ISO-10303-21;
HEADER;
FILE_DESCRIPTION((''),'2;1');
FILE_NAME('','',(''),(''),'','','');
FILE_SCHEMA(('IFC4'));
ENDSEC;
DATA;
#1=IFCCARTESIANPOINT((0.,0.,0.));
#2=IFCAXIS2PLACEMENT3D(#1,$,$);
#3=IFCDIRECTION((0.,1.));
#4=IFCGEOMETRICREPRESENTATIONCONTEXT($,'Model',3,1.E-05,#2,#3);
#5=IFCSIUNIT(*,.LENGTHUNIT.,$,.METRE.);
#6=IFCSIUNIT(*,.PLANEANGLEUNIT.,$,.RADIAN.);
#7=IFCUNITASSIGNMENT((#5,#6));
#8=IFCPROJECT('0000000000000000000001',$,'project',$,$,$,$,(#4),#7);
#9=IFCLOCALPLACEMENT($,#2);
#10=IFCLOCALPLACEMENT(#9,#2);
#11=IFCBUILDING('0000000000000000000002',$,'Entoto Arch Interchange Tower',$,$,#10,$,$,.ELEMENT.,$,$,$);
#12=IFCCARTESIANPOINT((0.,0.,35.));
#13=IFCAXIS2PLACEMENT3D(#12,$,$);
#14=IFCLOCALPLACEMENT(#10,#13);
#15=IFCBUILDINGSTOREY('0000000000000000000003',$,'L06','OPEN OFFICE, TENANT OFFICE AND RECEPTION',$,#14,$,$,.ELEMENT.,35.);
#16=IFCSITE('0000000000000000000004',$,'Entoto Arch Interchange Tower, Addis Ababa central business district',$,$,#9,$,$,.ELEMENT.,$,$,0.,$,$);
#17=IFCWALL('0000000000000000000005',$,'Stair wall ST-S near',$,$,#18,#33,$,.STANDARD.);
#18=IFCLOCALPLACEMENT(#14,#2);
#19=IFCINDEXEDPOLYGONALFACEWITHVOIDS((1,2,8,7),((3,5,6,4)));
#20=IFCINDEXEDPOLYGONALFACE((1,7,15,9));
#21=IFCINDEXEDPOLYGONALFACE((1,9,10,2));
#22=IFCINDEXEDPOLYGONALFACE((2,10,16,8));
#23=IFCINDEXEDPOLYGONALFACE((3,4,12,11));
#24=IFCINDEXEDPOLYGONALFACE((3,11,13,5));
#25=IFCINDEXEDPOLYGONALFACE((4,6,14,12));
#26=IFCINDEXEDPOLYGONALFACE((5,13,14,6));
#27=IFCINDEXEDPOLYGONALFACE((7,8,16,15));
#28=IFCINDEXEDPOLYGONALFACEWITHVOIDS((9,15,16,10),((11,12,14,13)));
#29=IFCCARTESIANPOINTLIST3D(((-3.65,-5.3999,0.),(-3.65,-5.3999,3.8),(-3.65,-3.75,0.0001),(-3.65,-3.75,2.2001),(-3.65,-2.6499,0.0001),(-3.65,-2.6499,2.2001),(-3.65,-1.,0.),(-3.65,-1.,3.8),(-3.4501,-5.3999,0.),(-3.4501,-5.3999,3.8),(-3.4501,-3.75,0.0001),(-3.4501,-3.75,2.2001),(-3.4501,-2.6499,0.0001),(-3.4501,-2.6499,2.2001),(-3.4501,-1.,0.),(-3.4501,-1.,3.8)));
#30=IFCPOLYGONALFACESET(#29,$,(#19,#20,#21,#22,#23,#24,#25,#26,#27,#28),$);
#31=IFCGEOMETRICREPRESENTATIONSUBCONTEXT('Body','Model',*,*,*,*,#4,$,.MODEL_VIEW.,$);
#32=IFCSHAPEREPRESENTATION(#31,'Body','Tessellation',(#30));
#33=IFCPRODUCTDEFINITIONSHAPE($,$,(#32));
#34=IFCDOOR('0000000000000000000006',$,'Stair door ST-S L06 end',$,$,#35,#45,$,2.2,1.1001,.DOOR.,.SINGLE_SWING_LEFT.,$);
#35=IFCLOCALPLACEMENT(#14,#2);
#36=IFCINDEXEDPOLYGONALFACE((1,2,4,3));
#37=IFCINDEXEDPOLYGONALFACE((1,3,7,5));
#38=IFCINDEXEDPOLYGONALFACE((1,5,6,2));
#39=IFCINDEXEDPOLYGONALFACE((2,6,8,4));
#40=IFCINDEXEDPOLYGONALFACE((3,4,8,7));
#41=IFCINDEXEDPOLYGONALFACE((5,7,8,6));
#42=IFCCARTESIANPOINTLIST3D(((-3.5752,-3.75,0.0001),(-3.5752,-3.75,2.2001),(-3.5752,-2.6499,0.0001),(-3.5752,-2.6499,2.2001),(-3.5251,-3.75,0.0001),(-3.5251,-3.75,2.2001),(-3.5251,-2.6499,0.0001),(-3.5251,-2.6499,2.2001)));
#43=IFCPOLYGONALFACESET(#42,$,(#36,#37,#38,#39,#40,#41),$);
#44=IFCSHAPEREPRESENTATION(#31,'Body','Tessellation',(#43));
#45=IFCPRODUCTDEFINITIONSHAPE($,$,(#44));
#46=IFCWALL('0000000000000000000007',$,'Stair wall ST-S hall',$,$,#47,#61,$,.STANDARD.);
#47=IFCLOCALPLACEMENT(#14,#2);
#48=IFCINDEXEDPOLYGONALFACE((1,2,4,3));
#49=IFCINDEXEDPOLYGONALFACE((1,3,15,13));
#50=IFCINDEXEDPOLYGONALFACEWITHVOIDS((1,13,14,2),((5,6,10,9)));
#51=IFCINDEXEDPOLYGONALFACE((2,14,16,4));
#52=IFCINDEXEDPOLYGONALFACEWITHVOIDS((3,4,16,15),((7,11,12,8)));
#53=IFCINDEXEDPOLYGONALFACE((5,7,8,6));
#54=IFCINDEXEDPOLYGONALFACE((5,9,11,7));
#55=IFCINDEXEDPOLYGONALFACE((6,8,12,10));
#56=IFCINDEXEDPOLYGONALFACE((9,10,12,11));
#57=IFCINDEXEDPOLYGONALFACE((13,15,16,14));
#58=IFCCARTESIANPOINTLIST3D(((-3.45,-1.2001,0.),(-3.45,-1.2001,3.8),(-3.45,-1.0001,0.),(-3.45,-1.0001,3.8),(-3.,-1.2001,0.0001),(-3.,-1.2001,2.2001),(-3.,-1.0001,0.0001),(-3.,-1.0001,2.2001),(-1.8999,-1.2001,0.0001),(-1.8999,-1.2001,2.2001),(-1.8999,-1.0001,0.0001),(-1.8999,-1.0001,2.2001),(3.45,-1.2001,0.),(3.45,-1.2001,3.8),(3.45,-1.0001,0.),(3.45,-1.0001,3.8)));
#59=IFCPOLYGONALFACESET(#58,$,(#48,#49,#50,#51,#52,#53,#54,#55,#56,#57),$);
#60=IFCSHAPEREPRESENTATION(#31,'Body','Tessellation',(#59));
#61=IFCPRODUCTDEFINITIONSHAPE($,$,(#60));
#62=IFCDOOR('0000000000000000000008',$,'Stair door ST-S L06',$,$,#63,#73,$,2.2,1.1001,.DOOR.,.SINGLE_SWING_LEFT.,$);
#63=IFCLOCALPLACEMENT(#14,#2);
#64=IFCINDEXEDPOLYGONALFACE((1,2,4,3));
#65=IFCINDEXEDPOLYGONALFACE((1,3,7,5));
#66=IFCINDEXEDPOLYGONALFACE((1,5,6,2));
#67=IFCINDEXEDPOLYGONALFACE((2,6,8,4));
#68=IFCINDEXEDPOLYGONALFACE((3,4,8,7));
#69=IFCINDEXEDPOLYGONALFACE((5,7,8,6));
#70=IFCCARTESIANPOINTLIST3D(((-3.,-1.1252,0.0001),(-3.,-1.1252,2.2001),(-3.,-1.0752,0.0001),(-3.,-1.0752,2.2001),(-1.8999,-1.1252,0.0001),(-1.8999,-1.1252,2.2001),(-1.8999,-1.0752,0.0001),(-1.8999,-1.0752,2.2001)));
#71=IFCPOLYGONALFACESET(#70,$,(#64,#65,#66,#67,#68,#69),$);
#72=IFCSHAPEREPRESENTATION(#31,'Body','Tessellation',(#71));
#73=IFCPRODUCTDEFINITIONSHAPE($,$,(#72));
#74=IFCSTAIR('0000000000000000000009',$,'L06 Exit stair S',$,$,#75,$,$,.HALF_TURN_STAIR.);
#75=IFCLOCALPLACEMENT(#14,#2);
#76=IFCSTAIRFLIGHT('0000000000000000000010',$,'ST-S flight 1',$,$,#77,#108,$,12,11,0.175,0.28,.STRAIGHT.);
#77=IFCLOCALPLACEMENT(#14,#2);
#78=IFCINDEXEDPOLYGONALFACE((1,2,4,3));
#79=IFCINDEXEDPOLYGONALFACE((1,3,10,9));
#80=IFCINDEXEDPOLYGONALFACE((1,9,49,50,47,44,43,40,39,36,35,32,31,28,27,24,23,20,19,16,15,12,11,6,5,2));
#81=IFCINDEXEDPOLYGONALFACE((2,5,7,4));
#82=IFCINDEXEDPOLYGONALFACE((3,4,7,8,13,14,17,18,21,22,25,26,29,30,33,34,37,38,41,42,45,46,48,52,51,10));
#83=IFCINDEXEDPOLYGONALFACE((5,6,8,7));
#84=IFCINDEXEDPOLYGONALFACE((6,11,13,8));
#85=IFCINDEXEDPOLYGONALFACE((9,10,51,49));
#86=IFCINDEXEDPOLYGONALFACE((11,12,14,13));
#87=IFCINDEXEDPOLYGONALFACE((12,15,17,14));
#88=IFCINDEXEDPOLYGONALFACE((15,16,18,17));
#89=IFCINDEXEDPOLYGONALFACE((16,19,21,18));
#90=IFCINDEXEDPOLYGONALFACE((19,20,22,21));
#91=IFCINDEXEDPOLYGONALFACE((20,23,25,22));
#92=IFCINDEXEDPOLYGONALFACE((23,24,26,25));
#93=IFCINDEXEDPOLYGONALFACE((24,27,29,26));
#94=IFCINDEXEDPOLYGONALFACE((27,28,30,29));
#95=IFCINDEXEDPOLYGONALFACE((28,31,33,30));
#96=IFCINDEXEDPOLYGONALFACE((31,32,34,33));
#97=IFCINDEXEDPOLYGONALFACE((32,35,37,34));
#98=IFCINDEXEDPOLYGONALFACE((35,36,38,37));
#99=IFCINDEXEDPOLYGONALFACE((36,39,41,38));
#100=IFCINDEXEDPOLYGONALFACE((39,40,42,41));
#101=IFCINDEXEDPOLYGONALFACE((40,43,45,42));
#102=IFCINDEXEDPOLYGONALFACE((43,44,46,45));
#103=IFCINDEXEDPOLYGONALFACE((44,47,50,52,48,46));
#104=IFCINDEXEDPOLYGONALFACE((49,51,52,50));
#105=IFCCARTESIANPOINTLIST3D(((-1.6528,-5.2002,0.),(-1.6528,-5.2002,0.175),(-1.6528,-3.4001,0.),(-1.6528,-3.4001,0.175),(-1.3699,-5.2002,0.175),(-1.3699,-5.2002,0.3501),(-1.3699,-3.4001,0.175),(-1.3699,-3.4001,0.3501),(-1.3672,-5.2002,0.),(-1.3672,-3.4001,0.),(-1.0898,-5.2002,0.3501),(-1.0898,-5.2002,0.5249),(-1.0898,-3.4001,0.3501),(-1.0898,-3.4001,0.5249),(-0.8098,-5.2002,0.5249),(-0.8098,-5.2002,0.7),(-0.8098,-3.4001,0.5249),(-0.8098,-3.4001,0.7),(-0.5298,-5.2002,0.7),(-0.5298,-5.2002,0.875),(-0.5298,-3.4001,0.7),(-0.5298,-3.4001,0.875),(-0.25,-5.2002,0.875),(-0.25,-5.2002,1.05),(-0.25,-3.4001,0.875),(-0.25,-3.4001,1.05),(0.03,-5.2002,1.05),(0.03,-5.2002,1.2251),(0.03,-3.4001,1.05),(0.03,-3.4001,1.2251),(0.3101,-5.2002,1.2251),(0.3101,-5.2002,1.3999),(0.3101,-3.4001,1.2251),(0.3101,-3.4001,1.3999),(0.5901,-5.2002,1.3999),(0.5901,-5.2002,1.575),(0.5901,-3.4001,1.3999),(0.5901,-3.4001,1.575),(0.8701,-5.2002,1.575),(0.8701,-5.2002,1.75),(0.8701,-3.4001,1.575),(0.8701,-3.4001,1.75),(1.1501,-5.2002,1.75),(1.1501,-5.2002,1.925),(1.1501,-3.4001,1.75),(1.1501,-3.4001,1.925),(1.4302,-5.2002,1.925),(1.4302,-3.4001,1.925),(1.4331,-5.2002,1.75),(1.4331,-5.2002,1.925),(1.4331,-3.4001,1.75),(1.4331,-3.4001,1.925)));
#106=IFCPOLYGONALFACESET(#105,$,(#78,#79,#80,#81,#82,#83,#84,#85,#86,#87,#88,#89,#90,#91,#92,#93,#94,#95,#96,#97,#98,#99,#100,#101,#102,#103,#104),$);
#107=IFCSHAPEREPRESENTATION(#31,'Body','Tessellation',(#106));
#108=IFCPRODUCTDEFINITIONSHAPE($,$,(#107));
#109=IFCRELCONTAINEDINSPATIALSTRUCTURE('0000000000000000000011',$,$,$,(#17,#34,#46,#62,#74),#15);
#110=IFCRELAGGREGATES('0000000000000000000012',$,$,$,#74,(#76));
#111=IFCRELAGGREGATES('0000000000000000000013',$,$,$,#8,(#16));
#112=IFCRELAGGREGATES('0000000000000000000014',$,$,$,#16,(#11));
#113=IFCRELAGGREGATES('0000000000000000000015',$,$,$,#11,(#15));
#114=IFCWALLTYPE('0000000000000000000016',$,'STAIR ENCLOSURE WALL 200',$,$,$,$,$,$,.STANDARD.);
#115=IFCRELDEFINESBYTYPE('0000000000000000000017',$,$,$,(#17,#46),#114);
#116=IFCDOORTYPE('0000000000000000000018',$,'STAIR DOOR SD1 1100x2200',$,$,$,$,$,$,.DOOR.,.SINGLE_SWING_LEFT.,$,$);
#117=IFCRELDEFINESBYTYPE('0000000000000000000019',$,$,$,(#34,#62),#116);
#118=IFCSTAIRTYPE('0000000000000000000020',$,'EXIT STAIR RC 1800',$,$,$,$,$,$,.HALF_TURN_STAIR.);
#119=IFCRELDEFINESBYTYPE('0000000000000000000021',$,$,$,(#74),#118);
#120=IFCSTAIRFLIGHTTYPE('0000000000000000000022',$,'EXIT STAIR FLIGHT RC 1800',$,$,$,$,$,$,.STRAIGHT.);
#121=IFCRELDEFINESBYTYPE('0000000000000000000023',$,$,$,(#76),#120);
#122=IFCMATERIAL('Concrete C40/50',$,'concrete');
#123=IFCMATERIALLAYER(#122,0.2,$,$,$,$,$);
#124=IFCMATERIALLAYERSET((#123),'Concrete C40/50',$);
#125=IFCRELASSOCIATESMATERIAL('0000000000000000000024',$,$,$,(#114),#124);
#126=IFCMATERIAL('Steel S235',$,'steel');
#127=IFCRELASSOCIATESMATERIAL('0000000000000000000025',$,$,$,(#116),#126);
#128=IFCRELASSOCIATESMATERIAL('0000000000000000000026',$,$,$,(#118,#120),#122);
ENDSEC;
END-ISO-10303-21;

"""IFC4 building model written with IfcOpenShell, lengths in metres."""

from ifc_helpers import new_model, si_unit, direction, frame, frame_2d, origin, place, context, subcontext, project, spatial, polyline, rectangle, outline, extrude, material, layer, layer_set, type_object, element, fill, aggregate, save


model = new_model("IFC4")

# Units and contexts
model_context = context("Model", 3, precision=1e-05, world=origin(), true_north=direction((0.0, 1.0)))
body_context = subcontext(model_context, "Body", "Model", "MODEL_VIEW")
ifc_project = project(units=[si_unit("LENGTHUNIT", "METRE"), si_unit("PLANEANGLEUNIT", "RADIAN")], contexts=[model_context])

# Site, building, storey
site_placement = place(None, origin())
site = spatial("IfcSite", under=ifc_project, at=site_placement, Name="Entoto Arch Interchange Tower, Addis Ababa central business district", CompositionType="ELEMENT", RefElevation=0.0)
building_placement = place(site_placement, origin())
building = spatial("IfcBuilding", under=site, at=building_placement, Name="Entoto Arch Interchange Tower", CompositionType="ELEMENT")
storey_placement = place(building_placement, frame((0.0, 0.0, 35.0)))
storey = spatial("IfcBuildingStorey", under=building, at=storey_placement, Name="L06", Description="OPEN OFFICE, TENANT OFFICE AND RECEPTION", CompositionType="ELEMENT", Elevation=35.0)

# Shared definitions
ifc_material_1 = material(Name="Concrete C40/50", Category="concrete")

# Walls, openings, doors
ifc_layer_1 = layer(ifc_material_1, 0.2)
ifc_layer_set_1 = layer_set([ifc_layer_1], Name="Concrete C40/50")
wall_type_1 = type_object("IfcWallType", Name="STAIR ENCLOSURE WALL 200", PredefinedType="STANDARD", material=ifc_layer_set_1)
wall_1_placement = place(storey_placement, frame((-3.55, -1.0, 0.0), z_axis=(0.0, 0.0, 1.0), x_axis=(0.0, -1.0, 0.0)))
wall_1 = element("IfcWall", 1, at=wall_1_placement, inside=storey, type_object=wall_type_1, Name="Stair wall ST-S near", PredefinedType="STANDARD", context=body_context, shape_type="SweptSolid", body=[
    extrude(rectangle(XDim=4.3999, YDim=0.2, at=frame_2d((2.2, 0.0))), origin(), (0.0, 0.0, 1.0), 3.8),
])
opening_1_placement = place(wall_1_placement, frame((1.6499, 0.0, 0.0)))
opening_1 = element("IfcOpeningElement", 2, at=opening_1_placement, cuts=wall_1, PredefinedType="OPENING", context=body_context, shape_type="SweptSolid", body=[
    extrude(rectangle(XDim=1.1001, YDim=2.2, at=frame_2d((0.55, 1.1001))), frame((0.0, 0.1099, 0.0), z_axis=(0.0, -1.0, 0.0), x_axis=(1.0, 0.0, 0.0)), (0.0, 0.0, 1.0), 0.22),
])
ifc_material_2 = material(Name="Steel S235", Category="steel")
door_type_1 = type_object("IfcDoorType", Name="STAIR DOOR SD1 1100x2200", OperationType="SINGLE_SWING_LEFT", PredefinedType="DOOR", material=ifc_material_2)
door_1_placement = place(opening_1_placement, origin())
door_1 = element("IfcDoor", 3, at=door_1_placement, inside=storey, type_object=door_type_1, Name="Stair door ST-S L06 end", OperationType="SINGLE_SWING_LEFT", OverallHeight=2.2, OverallWidth=1.1001, PredefinedType="DOOR", context=body_context, shape_type="SweptSolid", body=[
    extrude(rectangle(XDim=1.1001, YDim=2.2, at=frame_2d((0.55, 1.1001))), frame((0.0, 0.0249, 0.0), z_axis=(0.0, -1.0, 0.0), x_axis=(1.0, 0.0, 0.0)), (0.0, 0.0, 1.0), 0.05),
])
fill(opening_1, door_1)
wall_2_placement = place(storey_placement, frame((-3.45, -1.1001, 0.0), z_axis=(0.0, 0.0, 1.0), x_axis=(1.0, 0.0, 0.0)))
wall_2 = element("IfcWall", 4, at=wall_2_placement, inside=storey, type_object=wall_type_1, Name="Stair wall ST-S hall", PredefinedType="STANDARD", context=body_context, shape_type="SweptSolid", body=[
    extrude(rectangle(XDim=6.8999, YDim=0.2, at=frame_2d((3.45, 0.0))), origin(), (0.0, 0.0, 1.0), 3.8),
])
opening_2_placement = place(wall_2_placement, frame((0.45, 0.0, 0.0)))
opening_2 = element("IfcOpeningElement", 5, at=opening_2_placement, cuts=wall_2, PredefinedType="OPENING", context=body_context, shape_type="SweptSolid", body=[
    extrude(rectangle(XDim=1.1001, YDim=2.2, at=frame_2d((0.55, 1.1001))), frame((0.0, 0.1099, 0.0), z_axis=(0.0, -1.0, 0.0), x_axis=(1.0, 0.0, 0.0)), (0.0, 0.0, 1.0), 0.22),
])
door_2_placement = place(opening_2_placement, origin())
door_2 = element("IfcDoor", 6, at=door_2_placement, inside=storey, type_object=door_type_1, Name="Stair door ST-S L06", OperationType="SINGLE_SWING_LEFT", OverallHeight=2.2, OverallWidth=1.1001, PredefinedType="DOOR", context=body_context, shape_type="SweptSolid", body=[
    extrude(rectangle(XDim=1.1001, YDim=2.2, at=frame_2d((0.55, 1.1001))), frame((0.0, 0.0249, 0.0), z_axis=(0.0, -1.0, 0.0), x_axis=(1.0, 0.0, 0.0)), (0.0, 0.0, 1.0), 0.05),
])
fill(opening_2, door_2)

# Stair, stair flight
stair_type = type_object("IfcStairType", Name="EXIT STAIR RC 1800", PredefinedType="HALF_TURN_STAIR", material=ifc_material_1)
stair_placement = place(storey_placement, origin())
stair = element("IfcStair", 7, at=stair_placement, inside=storey, type_object=stair_type, Name="L06 Exit stair S", PredefinedType="HALF_TURN_STAIR")
stair_flight_type = type_object("IfcStairFlightType", Name="EXIT STAIR FLIGHT RC 1800", PredefinedType="STRAIGHT", material=ifc_material_1)
stair_flight_placement = place(storey_placement, frame((-1.6499, -4.3, 0.0), z_axis=(0.0, 0.0, 1.0), x_axis=(1.0, 0.0, 0.0)))
stair_flight = element("IfcStairFlight", 8, at=stair_flight_placement, type_object=stair_flight_type, Name="ST-S flight 1", NumberOfRisers=12, NumberOfTreads=11, PredefinedType="STRAIGHT", RiserHeight=0.175, TreadLength=0.28, context=body_context, shape_type="SweptSolid", body=[
    extrude(outline(polyline([(-0.0029, 0.0), (-0.0029, 0.175), (0.28, 0.175), (0.28, 0.3501), (0.5601, 0.3501), (0.5601, 0.5249), (0.8401, 0.5249), (0.8401, 0.7), (1.1201, 0.7), (1.1201, 0.875), (1.3999, 0.875), (1.3999, 1.05), (1.6799, 1.05), (1.6799, 1.2251), (1.96, 1.2251), (1.96, 1.3999), (2.24, 1.3999), (2.24, 1.575), (2.52, 1.575), (2.52, 1.75), (2.8, 1.75), (2.8, 1.925), (3.0801, 1.925), (3.083, 1.925), (3.083, 1.75), (0.2827, 0.0), (-0.0029, 0.0)])), frame((0.0, 0.8999, 0.0), z_axis=(0.0, -1.0, 0.0), x_axis=(1.0, 0.0, 0.0)), (0.0, 0.0, 1.0), 1.8),
])
aggregate(stair, [stair_flight])

save(model, "model.ifc")
